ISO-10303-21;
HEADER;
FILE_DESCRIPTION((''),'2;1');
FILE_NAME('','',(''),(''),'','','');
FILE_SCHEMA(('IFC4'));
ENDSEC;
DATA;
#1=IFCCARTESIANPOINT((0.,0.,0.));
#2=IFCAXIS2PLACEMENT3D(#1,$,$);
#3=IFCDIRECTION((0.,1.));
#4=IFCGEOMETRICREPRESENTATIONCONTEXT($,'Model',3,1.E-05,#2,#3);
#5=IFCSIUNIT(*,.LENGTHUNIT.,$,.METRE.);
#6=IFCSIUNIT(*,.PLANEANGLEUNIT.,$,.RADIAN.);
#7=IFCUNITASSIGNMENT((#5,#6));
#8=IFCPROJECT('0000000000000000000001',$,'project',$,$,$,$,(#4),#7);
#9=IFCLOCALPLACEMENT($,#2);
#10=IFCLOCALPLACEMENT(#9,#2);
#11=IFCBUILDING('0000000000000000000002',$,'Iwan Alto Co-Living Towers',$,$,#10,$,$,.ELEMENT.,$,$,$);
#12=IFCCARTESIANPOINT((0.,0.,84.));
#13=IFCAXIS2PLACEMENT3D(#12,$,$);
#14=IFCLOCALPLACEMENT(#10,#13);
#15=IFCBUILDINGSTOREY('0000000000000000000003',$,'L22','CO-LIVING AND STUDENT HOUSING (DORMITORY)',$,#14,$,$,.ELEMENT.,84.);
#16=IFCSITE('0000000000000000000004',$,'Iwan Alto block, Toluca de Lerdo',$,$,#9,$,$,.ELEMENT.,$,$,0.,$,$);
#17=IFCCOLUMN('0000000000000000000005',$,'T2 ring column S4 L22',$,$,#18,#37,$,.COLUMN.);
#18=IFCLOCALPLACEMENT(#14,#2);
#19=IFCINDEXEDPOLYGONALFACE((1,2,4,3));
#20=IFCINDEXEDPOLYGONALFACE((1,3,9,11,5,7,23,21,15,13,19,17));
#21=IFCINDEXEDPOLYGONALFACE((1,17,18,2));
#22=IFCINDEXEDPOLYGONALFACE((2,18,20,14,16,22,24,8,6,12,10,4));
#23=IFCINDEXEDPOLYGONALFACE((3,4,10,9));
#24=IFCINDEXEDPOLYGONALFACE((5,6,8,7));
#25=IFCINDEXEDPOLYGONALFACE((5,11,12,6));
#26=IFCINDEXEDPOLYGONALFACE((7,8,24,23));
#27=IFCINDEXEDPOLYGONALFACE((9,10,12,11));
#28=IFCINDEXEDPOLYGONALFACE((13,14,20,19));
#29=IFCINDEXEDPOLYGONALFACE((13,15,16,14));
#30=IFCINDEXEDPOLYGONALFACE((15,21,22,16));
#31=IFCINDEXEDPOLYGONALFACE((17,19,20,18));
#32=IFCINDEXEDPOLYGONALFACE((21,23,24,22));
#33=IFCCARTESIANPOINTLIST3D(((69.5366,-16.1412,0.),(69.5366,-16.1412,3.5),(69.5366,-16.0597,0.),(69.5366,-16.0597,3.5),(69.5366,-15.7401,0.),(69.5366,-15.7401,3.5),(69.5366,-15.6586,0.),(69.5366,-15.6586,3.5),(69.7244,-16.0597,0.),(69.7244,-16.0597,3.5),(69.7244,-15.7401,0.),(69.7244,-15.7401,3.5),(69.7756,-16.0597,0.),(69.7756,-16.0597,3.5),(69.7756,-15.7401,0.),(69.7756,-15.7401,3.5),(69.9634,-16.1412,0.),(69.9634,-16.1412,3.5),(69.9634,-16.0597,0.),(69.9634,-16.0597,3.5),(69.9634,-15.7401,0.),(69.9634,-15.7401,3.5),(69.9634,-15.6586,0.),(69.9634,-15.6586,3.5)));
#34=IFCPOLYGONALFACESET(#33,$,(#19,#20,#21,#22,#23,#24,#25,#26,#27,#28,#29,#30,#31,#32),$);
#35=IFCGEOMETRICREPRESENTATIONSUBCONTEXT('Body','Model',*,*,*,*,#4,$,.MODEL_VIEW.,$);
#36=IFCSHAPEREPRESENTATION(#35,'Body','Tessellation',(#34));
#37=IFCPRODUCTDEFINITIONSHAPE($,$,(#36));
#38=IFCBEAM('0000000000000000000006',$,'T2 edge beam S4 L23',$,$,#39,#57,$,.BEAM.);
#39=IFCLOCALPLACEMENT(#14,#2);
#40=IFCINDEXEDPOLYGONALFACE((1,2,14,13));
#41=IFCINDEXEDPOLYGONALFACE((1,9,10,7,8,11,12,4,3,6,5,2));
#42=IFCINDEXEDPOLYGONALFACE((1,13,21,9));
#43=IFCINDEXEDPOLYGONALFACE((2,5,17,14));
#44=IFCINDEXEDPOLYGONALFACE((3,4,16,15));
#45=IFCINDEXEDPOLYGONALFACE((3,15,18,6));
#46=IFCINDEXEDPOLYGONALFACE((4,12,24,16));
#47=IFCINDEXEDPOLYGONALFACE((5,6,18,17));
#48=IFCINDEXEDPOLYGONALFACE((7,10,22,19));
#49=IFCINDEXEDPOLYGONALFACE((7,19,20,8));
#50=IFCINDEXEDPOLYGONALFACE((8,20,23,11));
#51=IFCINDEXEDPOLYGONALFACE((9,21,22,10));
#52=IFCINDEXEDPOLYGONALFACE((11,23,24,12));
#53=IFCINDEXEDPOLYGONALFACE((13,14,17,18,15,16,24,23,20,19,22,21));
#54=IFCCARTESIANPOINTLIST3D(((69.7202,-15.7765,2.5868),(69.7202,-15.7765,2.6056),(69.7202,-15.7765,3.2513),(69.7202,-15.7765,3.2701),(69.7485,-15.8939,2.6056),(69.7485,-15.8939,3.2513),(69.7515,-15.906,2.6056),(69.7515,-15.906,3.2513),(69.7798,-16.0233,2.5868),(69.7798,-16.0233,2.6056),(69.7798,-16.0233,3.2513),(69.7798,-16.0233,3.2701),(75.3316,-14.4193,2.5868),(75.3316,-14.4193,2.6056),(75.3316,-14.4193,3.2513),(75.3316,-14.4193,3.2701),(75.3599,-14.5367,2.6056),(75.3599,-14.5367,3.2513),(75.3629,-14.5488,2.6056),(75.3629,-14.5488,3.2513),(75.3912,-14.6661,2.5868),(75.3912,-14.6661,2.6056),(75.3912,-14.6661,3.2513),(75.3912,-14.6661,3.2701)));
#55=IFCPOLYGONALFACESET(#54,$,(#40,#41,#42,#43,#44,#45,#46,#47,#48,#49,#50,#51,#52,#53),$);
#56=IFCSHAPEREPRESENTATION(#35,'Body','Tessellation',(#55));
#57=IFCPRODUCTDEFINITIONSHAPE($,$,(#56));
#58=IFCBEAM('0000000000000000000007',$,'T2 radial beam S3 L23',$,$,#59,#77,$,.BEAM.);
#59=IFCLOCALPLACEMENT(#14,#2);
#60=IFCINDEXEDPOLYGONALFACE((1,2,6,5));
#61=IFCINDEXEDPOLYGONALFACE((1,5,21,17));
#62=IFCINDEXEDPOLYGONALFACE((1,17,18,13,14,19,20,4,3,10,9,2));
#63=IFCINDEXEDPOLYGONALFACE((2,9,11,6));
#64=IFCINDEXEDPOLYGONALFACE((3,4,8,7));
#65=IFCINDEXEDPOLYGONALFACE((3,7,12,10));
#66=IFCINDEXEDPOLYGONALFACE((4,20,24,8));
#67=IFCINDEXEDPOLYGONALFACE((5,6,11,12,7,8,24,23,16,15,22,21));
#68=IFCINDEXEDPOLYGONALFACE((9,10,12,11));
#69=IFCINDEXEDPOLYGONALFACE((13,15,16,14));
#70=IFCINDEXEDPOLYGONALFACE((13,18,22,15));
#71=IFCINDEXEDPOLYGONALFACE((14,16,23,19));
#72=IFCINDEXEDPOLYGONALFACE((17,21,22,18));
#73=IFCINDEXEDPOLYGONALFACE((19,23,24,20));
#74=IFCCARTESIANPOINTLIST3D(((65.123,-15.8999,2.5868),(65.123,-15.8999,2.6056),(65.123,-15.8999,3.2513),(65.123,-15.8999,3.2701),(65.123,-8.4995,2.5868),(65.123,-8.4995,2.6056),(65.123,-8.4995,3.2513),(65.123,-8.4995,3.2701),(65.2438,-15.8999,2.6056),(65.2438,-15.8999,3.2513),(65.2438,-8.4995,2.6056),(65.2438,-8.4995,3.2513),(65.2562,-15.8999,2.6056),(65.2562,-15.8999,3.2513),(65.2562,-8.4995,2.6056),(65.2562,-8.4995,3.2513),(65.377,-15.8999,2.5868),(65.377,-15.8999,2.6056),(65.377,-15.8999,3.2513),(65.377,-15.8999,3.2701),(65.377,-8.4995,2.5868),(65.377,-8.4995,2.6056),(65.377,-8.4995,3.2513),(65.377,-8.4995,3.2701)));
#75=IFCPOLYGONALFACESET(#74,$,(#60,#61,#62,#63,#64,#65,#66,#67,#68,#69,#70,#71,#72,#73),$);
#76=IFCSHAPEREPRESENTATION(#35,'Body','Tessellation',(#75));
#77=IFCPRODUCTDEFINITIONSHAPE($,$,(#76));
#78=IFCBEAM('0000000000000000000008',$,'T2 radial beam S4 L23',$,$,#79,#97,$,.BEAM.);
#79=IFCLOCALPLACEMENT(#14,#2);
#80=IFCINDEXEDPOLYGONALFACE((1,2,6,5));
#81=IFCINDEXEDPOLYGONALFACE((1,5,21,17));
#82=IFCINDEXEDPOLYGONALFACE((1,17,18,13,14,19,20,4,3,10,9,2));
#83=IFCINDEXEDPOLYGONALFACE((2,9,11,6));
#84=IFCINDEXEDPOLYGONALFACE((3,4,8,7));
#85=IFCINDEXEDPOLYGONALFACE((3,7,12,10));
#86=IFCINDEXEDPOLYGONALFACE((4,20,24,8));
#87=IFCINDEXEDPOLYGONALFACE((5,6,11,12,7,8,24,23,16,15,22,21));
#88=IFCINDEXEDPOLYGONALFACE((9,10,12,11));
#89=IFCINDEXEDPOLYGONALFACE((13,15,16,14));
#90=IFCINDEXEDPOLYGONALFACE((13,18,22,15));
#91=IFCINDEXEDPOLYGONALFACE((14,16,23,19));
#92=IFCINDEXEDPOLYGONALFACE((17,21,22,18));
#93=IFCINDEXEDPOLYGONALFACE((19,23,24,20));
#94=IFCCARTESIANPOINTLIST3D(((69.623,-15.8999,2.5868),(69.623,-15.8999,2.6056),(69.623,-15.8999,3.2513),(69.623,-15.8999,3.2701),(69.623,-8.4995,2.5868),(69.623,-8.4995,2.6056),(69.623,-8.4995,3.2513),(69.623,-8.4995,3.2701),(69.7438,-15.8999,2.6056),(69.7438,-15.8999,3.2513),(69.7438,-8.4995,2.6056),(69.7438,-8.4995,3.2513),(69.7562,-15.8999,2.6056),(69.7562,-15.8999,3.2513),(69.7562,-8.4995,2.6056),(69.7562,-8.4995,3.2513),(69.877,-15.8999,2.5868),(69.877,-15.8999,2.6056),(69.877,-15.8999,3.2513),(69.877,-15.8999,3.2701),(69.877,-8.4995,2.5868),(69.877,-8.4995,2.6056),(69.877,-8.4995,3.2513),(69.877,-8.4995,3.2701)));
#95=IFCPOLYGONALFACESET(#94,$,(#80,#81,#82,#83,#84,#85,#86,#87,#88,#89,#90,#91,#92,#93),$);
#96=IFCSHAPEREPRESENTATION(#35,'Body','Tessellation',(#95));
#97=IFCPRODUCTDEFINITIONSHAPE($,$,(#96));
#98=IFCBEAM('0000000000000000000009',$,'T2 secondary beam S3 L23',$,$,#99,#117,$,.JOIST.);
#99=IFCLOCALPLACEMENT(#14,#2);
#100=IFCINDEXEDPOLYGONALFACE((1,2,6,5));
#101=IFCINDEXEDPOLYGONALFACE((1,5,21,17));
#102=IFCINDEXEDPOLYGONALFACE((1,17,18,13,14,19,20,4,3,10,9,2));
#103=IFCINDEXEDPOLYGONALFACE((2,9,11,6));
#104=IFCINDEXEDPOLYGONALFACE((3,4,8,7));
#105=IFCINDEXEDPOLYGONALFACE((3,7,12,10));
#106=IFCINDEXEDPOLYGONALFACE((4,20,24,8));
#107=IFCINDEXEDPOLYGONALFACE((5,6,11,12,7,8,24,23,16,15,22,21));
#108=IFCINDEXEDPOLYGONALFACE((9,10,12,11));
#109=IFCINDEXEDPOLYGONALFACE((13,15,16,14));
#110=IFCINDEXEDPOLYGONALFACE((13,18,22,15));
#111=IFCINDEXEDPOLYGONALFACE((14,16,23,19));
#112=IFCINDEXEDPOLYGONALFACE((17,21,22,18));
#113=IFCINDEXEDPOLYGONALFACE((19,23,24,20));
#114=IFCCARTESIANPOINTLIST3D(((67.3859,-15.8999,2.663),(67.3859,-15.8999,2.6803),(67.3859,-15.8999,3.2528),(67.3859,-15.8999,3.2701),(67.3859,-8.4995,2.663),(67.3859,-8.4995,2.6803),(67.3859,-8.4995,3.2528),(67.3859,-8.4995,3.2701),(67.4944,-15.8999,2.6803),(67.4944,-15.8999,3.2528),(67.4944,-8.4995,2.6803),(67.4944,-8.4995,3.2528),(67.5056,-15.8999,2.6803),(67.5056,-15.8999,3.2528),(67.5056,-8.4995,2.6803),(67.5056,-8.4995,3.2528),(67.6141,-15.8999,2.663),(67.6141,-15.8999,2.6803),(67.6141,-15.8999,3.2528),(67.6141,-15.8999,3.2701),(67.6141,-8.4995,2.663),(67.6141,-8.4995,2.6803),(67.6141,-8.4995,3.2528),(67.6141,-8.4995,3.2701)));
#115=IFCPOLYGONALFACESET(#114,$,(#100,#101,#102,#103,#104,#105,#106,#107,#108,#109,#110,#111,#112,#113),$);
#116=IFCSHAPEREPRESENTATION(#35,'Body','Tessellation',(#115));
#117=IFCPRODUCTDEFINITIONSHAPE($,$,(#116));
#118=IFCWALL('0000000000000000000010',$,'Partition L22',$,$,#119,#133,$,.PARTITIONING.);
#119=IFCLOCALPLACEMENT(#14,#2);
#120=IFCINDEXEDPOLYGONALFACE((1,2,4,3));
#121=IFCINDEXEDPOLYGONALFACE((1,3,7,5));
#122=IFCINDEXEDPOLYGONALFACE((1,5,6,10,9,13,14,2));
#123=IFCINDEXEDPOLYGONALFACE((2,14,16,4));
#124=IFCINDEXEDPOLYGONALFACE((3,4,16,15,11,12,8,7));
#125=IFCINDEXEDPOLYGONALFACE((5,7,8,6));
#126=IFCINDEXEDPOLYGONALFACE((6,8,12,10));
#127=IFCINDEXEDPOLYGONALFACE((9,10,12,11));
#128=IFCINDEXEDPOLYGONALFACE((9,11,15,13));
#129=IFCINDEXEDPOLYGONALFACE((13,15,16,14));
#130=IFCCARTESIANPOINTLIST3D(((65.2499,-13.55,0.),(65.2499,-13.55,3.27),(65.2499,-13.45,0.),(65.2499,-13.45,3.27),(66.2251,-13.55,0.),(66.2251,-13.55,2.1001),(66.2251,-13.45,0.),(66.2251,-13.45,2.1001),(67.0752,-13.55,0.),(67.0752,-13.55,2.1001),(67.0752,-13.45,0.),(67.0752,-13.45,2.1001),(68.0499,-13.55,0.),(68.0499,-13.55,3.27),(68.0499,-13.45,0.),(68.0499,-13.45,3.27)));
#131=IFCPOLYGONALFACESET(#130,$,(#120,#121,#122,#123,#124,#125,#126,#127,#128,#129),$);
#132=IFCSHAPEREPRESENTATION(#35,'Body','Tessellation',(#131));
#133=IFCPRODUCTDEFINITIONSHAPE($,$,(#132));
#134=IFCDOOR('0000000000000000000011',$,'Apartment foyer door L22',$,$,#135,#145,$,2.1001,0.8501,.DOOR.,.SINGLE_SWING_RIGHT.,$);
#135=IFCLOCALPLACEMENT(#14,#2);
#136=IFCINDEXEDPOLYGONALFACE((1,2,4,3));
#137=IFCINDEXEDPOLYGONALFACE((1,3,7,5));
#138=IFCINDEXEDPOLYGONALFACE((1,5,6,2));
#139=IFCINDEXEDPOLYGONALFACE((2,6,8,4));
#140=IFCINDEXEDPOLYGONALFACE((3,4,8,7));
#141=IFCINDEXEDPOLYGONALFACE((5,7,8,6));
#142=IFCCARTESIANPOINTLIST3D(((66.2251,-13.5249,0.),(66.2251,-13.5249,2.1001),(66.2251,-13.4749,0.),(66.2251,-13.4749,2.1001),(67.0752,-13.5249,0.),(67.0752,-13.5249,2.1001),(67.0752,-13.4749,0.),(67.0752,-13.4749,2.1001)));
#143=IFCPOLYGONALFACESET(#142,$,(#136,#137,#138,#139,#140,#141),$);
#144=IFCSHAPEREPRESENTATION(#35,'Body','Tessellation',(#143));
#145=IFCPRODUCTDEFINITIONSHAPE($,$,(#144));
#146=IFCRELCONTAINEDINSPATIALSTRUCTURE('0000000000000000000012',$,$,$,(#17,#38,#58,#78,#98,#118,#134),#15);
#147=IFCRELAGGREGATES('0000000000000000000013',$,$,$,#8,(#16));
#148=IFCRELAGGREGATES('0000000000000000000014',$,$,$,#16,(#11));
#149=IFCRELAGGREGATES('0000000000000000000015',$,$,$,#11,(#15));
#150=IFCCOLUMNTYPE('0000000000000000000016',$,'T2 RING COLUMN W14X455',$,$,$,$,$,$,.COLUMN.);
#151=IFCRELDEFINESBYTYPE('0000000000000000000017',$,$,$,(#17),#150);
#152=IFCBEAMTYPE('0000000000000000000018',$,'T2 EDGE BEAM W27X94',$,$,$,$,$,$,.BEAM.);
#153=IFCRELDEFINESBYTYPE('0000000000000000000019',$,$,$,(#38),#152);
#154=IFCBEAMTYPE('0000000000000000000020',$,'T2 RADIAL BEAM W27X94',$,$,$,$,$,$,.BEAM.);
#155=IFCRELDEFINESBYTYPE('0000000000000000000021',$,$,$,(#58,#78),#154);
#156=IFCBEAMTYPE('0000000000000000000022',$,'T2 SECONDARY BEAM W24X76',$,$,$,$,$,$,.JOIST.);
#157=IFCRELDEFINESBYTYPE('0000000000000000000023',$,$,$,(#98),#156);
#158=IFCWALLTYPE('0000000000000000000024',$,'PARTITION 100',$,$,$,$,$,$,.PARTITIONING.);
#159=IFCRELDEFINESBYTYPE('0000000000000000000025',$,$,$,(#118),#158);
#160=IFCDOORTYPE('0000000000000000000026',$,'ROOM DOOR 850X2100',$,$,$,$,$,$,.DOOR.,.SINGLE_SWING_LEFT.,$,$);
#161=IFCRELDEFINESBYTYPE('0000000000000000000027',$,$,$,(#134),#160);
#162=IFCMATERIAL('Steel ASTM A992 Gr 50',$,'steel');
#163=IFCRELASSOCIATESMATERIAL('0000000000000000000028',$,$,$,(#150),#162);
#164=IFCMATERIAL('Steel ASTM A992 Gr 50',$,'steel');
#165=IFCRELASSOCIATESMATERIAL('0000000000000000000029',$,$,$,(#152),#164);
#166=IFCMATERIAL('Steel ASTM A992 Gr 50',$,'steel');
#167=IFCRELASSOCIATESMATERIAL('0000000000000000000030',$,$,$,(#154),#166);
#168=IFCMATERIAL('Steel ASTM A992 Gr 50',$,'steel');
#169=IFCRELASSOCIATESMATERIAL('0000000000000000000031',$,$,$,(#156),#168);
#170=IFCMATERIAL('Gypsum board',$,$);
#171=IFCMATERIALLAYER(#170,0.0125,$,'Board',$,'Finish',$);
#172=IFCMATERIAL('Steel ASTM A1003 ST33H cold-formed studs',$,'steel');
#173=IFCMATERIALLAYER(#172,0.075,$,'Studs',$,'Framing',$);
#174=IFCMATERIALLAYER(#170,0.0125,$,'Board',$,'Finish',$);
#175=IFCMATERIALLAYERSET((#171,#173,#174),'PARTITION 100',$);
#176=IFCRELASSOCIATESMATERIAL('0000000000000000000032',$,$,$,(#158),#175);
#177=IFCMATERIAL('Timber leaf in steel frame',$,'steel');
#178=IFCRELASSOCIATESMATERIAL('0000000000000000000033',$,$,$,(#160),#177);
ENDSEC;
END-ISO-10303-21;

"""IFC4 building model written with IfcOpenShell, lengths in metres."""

from ifc_helpers import new_model, si_unit, direction, frame, frame_2d, origin, origin_2d, place, context, subcontext, project, spatial, rectangle, i_section, extrude, material, layer, layer_set, material_profile, profile_set, type_object, element, fill, save


model = new_model("IFC4")

# Units and contexts
model_context = context("Model", 3, precision=1e-05, world=origin(), true_north=direction((0.0, 1.0)))
body_context = subcontext(model_context, "Body", "Model", "MODEL_VIEW")
ifc_project = project(units=[si_unit("LENGTHUNIT", "METRE"), si_unit("PLANEANGLEUNIT", "RADIAN")], contexts=[model_context])

# Site, building, storey
site_placement = place(None, origin())
site = spatial("IfcSite", under=ifc_project, at=site_placement, Name="Iwan Alto block, Toluca de Lerdo", CompositionType="ELEMENT", RefElevation=0.0)
building_placement = place(site_placement, origin())
building = spatial("IfcBuilding", under=site, at=building_placement, Name="Iwan Alto Co-Living Towers", CompositionType="ELEMENT")
storey_placement = place(building_placement, frame((0.0, 0.0, 84.0)))
storey = spatial("IfcBuildingStorey", under=building, at=storey_placement, Name="L22", Description="CO-LIVING AND STUDENT HOUSING (DORMITORY)", CompositionType="ELEMENT", Elevation=84.0)

# Column
ifc_material_1 = material(Name="Steel ASTM A992 Gr 50", Category="steel")
ifc_material_profile_1 = material_profile(ifc_material_1, i_section(OverallWidth=0.4268, OverallDepth=0.4827, WebThickness=0.0513, FlangeThickness=0.0815, at=origin_2d()), Name="W14X455")
ifc_profile_set_1 = profile_set([ifc_material_profile_1], Name="Steel ASTM A992 Gr 50")
column_type = type_object("IfcColumnType", Name="T2 RING COLUMN W14X455", PredefinedType="COLUMN", material=ifc_profile_set_1)
column_placement = place(storey_placement, frame((69.75, -15.8999, 0.0), z_axis=(0.0, 0.0, 1.0), x_axis=(1.0, 0.0, 0.0)))
element("IfcColumn", 1, at=column_placement, inside=storey, type_object=column_type, Name="T2 ring column S4 L22", PredefinedType="COLUMN", context=body_context, shape_type="SweptSolid", body=[
    extrude(i_section(OverallWidth=0.4268, OverallDepth=0.4827, WebThickness=0.0513, FlangeThickness=0.0815, at=origin_2d()), origin(), (0.0, 0.0, 1.0), 3.5),
])

# Beams
ifc_material_2 = material(Name="Steel ASTM A992 Gr 50", Category="steel")
ifc_material_profile_2 = material_profile(ifc_material_2, i_section(OverallWidth=0.2539, OverallDepth=0.6833, WebThickness=0.0125, FlangeThickness=0.0188, at=origin_2d()), Name="W27X94")
ifc_profile_set_2 = profile_set([ifc_material_profile_2], Name="Steel ASTM A992 Gr 50")
beam_type_1 = type_object("IfcBeamType", Name="T2 EDGE BEAM W27X94", PredefinedType="BEAM", material=ifc_profile_set_2)
beam_1_placement = place(storey_placement, frame((69.75, -15.8999, 2.9285), z_axis=(0.971975, 0.235086, 0.0), x_axis=(-0.235086, 0.971975, 0.0)))
element("IfcBeam", 2, at=beam_1_placement, inside=storey, type_object=beam_type_1, Name="T2 edge beam S4 L23", PredefinedType="BEAM", context=body_context, shape_type="SweptSolid", body=[
    extrude(i_section(OverallWidth=0.2539, OverallDepth=0.6833, WebThickness=0.0125, FlangeThickness=0.0188, at=origin_2d()), origin(), (0.0, 0.0, 1.0), 5.7732),
])
ifc_material_3 = material(Name="Steel ASTM A992 Gr 50", Category="steel")
ifc_material_profile_3 = material_profile(ifc_material_3, i_section(OverallWidth=0.2539, OverallDepth=0.6833, WebThickness=0.0125, FlangeThickness=0.0188, at=origin_2d()), Name="W27X94")
ifc_profile_set_3 = profile_set([ifc_material_profile_3], Name="Steel ASTM A992 Gr 50")
beam_type_2 = type_object("IfcBeamType", Name="T2 RADIAL BEAM W27X94", PredefinedType="BEAM", material=ifc_profile_set_3)
for number, where, z_axis, x_axis, name in (
    (3, (65.25, -15.8999, 2.9285), (0.0, 1.0, 0.0), (-1.0, 0.0, 0.0), "T2 radial beam S3 L23"),
    (4, (69.75, -15.8999, 2.9285), (0.0, 1.0, 0.0), (-1.0, 0.0, 0.0), "T2 radial beam S4 L23"),
):
    element("IfcBeam", number, at=place(storey_placement, frame(where, z_axis=z_axis, x_axis=x_axis)), inside=storey, type_object=beam_type_2, Name=name, PredefinedType="BEAM", context=body_context, shape_type="SweptSolid", body=[
        extrude(i_section(OverallWidth=0.2539, OverallDepth=0.6833, WebThickness=0.0125, FlangeThickness=0.0188, at=origin_2d()), origin(), (0.0, 0.0, 1.0), 7.4004),
    ])
ifc_material_4 = material(Name="Steel ASTM A992 Gr 50", Category="steel")
ifc_material_profile_4 = material_profile(ifc_material_4, i_section(OverallWidth=0.2283, OverallDepth=0.6072, WebThickness=0.0112, FlangeThickness=0.0173, at=origin_2d()), Name="W24X76")
ifc_profile_set_4 = profile_set([ifc_material_profile_4], Name="Steel ASTM A992 Gr 50")
beam_type_3 = type_object("IfcBeamType", Name="T2 SECONDARY BEAM W24X76", PredefinedType="JOIST", material=ifc_profile_set_4)
beam_2_placement = place(storey_placement, frame((67.5, -15.8999, 2.9666), z_axis=(0.0, 1.0, 0.0), x_axis=(-1.0, 0.0, 0.0)))
element("IfcBeam", 5, at=beam_2_placement, inside=storey, type_object=beam_type_3, Name="T2 secondary beam S3 L23", PredefinedType="JOIST", context=body_context, shape_type="SweptSolid", body=[
    extrude(i_section(OverallWidth=0.2283, OverallDepth=0.6072, WebThickness=0.0112, FlangeThickness=0.0173, at=origin_2d()), origin(), (0.0, 0.0, 1.0), 7.4004),
])

# Wall, opening, door
ifc_material_5 = material(Name="Gypsum board")
ifc_layer_1 = layer(ifc_material_5, 0.0125, Name="Board", Category="Finish")
ifc_material_6 = material(Name="Steel ASTM A1003 ST33H cold-formed studs", Category="steel")
ifc_layer_2 = layer(ifc_material_6, 0.075, Name="Studs", Category="Framing")
ifc_layer_3 = layer(ifc_material_5, 0.0125, Name="Board", Category="Finish")
ifc_layer_set_1 = layer_set([ifc_layer_1, ifc_layer_2, ifc_layer_3], Name="PARTITION 100")
wall_type_1 = type_object("IfcWallType", Name="PARTITION 100", PredefinedType="PARTITIONING", material=ifc_layer_set_1)
wall_1_placement = place(storey_placement, frame((65.25, -13.5, 0.0), z_axis=(0.0, 0.0, 1.0), x_axis=(1.0, 0.0, 0.0)))
wall_1 = element("IfcWall", 6, at=wall_1_placement, inside=storey, type_object=wall_type_1, Name="Partition L22", PredefinedType="PARTITIONING", context=body_context, shape_type="SweptSolid", body=[
    extrude(rectangle(XDim=2.8, YDim=0.1001, at=frame_2d((1.3999, 0.0))), origin(), (0.0, 0.0, 1.0), 3.27),
])
opening_1_placement = place(wall_1_placement, frame((0.9751, 0.0, 0.0)))
opening_1 = element("IfcOpeningElement", 7, at=opening_1_placement, cuts=wall_1, PredefinedType="OPENING", context=body_context, shape_type="SweptSolid", body=[
    extrude(rectangle(XDim=0.8501, YDim=2.1001, at=frame_2d((0.425, 1.05))), frame((0.0, 0.0601, 0.0), z_axis=(0.0, -1.0, 0.0), x_axis=(1.0, 0.0, 0.0)), (0.0, 0.0, 1.0), 0.1201),
])
ifc_material_7 = material(Name="Timber leaf in steel frame", Category="steel")
door_type_1 = type_object("IfcDoorType", Name="ROOM DOOR 850X2100", OperationType="SINGLE_SWING_LEFT", PredefinedType="DOOR", material=ifc_material_7)
door_1_placement = place(opening_1_placement, frame((0.8501, 0.0, 0.0), z_axis=(0.0, 0.0, 1.0), x_axis=(-1.0, 0.0, 0.0)))
door_1 = element("IfcDoor", 8, at=door_1_placement, inside=storey, type_object=door_type_1, Name="Apartment foyer door L22", OperationType="SINGLE_SWING_RIGHT", OverallHeight=2.1001, OverallWidth=0.8501, PredefinedType="DOOR", context=body_context, shape_type="SweptSolid", body=[
    extrude(rectangle(XDim=0.8501, YDim=2.1001, at=frame_2d((0.425, 1.05))), frame((0.0, 0.0249, 0.0), z_axis=(0.0, -1.0, 0.0), x_axis=(1.0, 0.0, 0.0)), (0.0, 0.0, 1.0), 0.05),
])
fill(opening_1, door_1)

save(model, "model.ifc")
